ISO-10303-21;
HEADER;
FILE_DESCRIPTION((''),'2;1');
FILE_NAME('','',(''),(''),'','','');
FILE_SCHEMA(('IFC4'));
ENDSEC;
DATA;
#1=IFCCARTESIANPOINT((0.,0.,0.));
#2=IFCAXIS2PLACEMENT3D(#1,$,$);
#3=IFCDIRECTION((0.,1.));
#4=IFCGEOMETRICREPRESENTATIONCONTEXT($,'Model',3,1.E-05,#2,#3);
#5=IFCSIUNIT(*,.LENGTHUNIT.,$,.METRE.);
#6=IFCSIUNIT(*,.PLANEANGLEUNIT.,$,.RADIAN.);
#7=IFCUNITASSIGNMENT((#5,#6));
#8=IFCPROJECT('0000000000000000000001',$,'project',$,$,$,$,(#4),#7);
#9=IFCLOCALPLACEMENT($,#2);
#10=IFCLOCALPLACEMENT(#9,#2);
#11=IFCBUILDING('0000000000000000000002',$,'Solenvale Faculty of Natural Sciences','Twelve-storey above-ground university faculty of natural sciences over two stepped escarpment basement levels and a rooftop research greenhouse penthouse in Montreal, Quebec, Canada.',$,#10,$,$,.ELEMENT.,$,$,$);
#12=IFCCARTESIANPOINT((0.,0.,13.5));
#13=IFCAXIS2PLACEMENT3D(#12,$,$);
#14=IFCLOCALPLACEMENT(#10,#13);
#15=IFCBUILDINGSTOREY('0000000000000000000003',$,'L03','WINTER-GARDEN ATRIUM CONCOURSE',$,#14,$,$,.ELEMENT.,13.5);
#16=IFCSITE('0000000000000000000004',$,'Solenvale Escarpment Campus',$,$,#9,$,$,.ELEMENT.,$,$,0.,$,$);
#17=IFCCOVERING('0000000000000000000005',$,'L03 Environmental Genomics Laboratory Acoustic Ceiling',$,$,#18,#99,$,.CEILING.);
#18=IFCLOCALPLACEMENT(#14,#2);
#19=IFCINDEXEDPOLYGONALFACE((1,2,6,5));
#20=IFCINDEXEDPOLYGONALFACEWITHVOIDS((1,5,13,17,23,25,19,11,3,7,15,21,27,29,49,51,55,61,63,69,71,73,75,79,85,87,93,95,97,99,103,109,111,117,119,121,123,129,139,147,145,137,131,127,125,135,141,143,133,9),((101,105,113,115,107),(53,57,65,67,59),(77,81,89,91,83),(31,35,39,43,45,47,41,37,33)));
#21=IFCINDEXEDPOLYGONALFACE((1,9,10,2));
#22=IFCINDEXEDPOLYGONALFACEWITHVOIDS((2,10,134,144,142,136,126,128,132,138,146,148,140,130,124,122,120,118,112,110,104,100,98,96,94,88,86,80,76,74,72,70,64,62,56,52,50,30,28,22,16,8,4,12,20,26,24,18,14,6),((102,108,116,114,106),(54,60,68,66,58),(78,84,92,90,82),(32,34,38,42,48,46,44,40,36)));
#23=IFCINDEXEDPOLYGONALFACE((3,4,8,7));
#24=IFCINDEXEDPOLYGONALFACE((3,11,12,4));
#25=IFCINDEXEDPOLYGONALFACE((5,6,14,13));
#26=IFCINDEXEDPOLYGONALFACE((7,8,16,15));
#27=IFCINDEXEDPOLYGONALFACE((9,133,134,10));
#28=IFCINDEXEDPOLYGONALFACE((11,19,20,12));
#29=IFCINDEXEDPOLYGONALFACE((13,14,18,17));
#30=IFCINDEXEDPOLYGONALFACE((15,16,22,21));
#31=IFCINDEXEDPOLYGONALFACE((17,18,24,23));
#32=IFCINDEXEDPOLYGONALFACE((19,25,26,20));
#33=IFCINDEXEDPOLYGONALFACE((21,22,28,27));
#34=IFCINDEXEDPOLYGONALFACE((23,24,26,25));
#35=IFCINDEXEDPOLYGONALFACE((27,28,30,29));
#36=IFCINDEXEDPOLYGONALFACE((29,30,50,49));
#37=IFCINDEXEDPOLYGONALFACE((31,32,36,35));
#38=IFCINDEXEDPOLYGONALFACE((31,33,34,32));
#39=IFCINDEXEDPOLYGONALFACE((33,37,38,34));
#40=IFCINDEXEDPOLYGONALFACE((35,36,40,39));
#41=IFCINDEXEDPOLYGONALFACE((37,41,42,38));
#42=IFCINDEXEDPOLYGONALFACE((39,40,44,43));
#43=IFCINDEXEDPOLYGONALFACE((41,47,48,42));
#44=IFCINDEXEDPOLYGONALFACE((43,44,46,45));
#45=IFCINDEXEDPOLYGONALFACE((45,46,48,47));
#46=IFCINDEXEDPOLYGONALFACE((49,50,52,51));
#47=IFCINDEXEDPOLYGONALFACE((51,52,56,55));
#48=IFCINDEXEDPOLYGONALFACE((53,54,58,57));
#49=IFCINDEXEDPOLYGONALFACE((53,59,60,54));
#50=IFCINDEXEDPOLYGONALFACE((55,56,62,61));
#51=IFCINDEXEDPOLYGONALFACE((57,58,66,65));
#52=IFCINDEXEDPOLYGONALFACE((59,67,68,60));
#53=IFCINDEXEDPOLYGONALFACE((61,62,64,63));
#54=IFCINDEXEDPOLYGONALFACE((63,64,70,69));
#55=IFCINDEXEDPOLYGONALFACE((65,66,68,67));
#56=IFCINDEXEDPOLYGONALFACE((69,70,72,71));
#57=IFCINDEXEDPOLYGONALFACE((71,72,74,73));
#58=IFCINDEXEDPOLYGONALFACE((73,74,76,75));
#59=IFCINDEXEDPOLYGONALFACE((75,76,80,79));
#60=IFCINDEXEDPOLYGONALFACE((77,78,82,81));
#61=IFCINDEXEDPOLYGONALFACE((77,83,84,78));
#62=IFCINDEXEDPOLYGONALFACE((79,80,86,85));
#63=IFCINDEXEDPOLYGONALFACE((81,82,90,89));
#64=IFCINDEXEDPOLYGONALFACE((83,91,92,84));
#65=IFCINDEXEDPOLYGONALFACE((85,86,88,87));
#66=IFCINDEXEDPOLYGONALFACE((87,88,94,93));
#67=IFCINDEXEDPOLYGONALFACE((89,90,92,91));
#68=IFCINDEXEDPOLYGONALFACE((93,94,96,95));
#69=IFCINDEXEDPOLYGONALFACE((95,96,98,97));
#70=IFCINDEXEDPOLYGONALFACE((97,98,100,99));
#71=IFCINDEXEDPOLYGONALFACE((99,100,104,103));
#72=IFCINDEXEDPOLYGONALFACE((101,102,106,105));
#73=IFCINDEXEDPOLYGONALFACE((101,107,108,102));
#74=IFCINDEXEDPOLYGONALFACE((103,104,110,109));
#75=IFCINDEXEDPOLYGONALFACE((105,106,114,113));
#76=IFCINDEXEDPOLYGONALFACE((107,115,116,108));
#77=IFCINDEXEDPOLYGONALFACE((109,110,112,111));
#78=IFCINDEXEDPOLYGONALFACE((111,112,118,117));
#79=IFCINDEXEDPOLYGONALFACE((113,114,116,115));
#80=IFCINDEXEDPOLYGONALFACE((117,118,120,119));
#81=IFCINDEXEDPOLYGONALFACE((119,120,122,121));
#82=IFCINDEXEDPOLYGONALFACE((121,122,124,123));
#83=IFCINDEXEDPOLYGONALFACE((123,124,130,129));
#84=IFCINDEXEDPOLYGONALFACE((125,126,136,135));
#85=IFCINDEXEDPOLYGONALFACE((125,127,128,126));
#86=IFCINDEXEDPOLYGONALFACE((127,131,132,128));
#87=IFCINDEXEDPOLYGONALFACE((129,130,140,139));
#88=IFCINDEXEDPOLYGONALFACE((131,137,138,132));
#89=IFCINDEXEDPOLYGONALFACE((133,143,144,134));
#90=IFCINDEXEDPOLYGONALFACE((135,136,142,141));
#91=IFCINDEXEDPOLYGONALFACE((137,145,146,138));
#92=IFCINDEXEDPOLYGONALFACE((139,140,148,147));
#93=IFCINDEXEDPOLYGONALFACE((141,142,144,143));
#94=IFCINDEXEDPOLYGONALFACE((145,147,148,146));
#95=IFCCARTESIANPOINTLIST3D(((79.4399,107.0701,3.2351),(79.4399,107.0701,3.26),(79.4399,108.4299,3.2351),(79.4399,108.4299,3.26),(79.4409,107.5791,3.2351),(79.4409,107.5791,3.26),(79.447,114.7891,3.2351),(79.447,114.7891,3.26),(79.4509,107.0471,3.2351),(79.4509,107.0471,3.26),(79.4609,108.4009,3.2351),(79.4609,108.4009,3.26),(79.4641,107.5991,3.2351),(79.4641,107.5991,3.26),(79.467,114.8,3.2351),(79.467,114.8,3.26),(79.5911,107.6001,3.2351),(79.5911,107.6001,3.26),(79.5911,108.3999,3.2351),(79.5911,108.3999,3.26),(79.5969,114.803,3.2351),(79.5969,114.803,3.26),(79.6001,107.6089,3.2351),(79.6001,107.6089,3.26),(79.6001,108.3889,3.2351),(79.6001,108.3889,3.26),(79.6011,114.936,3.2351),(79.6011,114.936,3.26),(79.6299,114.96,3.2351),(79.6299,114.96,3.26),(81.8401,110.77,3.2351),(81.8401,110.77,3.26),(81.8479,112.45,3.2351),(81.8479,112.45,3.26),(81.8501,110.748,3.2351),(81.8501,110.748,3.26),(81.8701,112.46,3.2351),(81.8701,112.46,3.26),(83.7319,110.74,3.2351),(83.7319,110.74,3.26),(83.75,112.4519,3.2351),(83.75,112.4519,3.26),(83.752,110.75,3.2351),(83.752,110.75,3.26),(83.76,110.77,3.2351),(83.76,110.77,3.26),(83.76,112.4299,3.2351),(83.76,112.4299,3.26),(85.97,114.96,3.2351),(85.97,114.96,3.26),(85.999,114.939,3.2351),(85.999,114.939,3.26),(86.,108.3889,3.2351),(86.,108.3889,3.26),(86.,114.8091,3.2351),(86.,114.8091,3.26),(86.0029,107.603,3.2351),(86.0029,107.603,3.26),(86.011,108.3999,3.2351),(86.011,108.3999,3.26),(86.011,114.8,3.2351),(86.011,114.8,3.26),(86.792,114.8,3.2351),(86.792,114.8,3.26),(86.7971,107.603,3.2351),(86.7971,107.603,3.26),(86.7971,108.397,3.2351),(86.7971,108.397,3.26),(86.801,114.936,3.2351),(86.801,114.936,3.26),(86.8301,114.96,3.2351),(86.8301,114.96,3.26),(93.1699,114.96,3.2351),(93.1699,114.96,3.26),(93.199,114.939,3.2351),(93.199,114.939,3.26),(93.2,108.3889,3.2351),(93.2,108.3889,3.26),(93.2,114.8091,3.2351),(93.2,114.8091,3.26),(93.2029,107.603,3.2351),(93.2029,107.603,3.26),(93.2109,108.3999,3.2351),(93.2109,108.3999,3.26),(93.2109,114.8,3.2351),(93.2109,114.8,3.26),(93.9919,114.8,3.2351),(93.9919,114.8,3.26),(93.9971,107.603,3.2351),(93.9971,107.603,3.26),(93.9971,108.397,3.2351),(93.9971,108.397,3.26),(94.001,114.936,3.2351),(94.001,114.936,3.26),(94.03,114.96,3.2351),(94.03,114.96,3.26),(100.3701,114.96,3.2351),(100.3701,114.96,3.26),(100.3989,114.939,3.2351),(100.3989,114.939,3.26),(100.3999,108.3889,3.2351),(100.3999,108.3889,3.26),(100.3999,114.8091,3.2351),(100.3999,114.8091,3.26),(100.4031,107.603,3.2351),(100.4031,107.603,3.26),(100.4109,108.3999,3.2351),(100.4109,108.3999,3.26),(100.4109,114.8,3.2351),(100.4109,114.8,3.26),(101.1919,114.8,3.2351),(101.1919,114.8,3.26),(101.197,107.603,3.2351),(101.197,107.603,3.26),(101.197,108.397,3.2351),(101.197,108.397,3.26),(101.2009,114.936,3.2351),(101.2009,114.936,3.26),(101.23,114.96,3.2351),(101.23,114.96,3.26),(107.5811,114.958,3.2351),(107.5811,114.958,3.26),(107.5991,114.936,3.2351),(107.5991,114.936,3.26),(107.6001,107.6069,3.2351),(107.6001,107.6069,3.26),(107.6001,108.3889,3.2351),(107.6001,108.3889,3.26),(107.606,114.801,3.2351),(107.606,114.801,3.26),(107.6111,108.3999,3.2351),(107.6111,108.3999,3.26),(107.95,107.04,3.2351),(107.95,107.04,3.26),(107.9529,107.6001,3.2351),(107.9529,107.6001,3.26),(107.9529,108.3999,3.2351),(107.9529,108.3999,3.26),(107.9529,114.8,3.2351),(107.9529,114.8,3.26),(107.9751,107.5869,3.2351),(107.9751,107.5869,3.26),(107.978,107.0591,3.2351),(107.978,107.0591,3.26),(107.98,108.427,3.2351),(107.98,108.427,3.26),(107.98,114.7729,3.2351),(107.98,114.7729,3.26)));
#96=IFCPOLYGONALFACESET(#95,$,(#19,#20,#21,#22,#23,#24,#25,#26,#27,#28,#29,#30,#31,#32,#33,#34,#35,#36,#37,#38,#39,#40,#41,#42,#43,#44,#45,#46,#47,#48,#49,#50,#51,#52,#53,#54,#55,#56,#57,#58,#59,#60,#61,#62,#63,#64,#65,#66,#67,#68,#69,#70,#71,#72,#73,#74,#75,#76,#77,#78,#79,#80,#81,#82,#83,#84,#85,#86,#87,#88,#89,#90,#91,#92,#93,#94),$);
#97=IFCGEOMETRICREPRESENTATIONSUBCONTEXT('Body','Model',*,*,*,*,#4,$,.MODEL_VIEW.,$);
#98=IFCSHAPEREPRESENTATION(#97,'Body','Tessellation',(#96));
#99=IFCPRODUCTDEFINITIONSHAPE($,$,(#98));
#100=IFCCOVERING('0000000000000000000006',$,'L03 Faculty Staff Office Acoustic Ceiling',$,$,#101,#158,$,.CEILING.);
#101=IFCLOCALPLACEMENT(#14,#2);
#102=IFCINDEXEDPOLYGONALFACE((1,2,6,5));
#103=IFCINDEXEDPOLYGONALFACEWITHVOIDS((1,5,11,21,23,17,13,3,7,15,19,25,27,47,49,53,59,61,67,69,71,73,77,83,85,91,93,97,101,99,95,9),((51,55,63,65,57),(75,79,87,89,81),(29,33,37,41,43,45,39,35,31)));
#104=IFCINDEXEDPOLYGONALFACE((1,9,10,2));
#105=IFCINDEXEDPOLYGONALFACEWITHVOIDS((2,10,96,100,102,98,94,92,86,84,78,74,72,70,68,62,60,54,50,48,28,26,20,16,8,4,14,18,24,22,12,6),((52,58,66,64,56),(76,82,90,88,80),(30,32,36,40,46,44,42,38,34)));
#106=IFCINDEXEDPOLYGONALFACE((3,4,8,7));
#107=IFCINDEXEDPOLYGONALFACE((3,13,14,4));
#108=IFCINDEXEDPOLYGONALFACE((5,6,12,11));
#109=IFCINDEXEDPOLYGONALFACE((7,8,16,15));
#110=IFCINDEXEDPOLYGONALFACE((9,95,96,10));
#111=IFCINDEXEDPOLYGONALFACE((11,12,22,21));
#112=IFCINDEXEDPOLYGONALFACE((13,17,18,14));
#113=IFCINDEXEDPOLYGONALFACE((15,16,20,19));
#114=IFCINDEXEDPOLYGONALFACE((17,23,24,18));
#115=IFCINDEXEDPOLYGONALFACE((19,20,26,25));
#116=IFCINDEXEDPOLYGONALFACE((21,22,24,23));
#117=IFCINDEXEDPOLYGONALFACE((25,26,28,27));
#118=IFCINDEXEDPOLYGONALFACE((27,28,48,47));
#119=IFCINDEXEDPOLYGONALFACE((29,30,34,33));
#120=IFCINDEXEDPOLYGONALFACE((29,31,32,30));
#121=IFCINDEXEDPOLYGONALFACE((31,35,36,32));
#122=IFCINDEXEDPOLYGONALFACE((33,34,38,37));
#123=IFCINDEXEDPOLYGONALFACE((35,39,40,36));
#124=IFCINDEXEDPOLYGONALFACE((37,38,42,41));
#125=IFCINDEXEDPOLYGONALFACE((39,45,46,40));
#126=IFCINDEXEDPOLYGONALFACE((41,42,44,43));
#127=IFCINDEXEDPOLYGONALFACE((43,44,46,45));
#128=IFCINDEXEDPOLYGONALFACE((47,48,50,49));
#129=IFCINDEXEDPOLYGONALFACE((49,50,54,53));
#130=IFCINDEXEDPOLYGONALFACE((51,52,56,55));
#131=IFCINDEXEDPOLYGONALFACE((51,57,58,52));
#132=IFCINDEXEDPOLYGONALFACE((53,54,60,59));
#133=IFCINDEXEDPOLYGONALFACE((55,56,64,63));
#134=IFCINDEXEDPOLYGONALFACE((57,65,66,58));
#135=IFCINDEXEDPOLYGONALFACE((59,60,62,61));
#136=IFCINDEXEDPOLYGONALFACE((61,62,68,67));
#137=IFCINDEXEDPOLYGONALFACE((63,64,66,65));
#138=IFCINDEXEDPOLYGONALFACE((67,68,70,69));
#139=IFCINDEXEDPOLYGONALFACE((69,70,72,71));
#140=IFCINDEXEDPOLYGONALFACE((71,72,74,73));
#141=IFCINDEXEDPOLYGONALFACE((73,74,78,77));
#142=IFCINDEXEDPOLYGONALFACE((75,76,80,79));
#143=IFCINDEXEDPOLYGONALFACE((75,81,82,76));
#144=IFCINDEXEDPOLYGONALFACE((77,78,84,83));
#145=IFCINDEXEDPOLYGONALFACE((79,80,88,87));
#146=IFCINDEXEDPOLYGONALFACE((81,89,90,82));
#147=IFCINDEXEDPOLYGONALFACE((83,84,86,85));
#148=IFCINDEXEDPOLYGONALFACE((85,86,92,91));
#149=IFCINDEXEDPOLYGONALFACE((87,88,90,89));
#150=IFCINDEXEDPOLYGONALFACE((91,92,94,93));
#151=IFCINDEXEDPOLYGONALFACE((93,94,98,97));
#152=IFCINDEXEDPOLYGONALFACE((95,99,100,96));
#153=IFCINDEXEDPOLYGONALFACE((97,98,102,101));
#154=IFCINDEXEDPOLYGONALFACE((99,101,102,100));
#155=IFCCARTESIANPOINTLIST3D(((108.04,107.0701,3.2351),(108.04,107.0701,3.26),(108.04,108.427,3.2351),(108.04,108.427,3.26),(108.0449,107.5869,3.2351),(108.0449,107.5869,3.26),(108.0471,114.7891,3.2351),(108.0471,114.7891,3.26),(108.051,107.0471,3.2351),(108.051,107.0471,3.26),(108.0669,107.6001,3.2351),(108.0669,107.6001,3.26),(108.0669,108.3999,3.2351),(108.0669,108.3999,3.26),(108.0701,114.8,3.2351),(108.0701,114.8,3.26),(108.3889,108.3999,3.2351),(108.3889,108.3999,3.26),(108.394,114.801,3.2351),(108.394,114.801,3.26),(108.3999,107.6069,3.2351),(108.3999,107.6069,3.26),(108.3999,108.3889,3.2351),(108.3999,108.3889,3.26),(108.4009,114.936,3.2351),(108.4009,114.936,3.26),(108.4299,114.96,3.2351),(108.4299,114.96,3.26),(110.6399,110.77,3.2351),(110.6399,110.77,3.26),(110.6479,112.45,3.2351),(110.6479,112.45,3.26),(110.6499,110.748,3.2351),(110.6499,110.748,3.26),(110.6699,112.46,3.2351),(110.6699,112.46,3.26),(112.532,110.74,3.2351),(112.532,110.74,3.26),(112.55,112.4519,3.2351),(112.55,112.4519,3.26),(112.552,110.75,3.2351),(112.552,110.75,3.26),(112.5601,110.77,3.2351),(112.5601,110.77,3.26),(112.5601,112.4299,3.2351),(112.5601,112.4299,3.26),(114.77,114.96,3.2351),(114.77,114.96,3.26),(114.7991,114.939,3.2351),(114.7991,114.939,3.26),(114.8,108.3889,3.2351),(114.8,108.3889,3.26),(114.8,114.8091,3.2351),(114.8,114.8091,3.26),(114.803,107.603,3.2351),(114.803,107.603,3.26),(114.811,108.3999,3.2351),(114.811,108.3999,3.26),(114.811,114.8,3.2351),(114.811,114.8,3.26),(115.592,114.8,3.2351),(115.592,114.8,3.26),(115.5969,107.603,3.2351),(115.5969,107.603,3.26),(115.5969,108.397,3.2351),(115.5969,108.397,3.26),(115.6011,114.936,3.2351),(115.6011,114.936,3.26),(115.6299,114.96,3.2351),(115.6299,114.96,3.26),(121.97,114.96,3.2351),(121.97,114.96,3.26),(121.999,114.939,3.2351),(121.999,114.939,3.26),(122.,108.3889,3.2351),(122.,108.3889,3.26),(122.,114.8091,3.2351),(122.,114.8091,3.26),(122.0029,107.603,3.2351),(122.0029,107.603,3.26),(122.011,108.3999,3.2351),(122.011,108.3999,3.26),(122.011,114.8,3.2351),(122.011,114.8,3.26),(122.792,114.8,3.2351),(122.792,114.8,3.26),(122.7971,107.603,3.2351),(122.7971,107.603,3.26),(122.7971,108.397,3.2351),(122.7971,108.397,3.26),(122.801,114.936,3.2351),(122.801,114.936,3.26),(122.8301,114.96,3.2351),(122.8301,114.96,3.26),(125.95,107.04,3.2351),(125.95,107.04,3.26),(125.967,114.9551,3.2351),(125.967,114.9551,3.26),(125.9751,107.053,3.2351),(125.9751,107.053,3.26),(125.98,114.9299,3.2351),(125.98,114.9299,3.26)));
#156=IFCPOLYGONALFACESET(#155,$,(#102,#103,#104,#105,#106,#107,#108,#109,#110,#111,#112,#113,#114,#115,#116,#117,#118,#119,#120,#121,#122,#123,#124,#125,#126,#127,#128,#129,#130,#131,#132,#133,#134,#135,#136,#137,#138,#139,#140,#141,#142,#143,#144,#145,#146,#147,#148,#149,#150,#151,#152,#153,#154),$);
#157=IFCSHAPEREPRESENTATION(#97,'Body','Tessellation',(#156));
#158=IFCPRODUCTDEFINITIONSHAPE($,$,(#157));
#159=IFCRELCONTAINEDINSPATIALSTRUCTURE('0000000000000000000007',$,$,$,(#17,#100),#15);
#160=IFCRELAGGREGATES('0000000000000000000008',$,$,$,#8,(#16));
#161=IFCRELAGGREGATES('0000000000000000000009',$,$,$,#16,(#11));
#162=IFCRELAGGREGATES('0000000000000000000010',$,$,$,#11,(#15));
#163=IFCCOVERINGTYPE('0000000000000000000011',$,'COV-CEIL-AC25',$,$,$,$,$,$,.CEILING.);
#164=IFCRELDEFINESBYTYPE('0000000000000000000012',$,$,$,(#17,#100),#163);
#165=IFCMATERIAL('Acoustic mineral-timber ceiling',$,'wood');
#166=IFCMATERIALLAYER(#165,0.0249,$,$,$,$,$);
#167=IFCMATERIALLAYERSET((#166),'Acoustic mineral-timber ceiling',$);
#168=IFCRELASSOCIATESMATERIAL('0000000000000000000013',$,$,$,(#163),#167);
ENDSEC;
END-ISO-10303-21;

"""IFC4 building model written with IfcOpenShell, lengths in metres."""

from ifc_helpers import new_model, si_unit, direction, frame, origin, place, context, subcontext, project, spatial, polyline, outline, extrude, material, layer, layer_set, type_object, element, save


model = new_model("IFC4")

# Units and contexts
model_context = context("Model", 3, precision=1e-05, world=origin(), true_north=direction((0.0, 1.0)))
body_context = subcontext(model_context, "Body", "Model", "MODEL_VIEW")
ifc_project = project(units=[si_unit("LENGTHUNIT", "METRE"), si_unit("PLANEANGLEUNIT", "RADIAN")], contexts=[model_context])

# Site, building, storey
site_placement = place(None, origin())
site = spatial("IfcSite", under=ifc_project, at=site_placement, Name="Solenvale Escarpment Campus", CompositionType="ELEMENT", RefElevation=0.0)
building_placement = place(site_placement, origin())
building = spatial("IfcBuilding", under=site, at=building_placement, Name="Solenvale Faculty of Natural Sciences", Description="Twelve-storey above-ground university faculty of natural sciences over two stepped escarpment basement levels and a rooftop research greenhouse penthouse in Montreal, Quebec, Canada.", CompositionType="ELEMENT")
storey_placement = place(building_placement, frame((0.0, 0.0, 13.5)))
storey = spatial("IfcBuildingStorey", under=building, at=storey_placement, Name="L03", Description="WINTER-GARDEN ATRIUM CONCOURSE", CompositionType="ELEMENT", Elevation=13.5)

# Coverings
ifc_material_1 = material(Name="Acoustic mineral-timber ceiling", Category="wood")
ifc_layer_1 = layer(ifc_material_1, 0.0249)
ifc_layer_set_1 = layer_set([ifc_layer_1], Name="Acoustic mineral-timber ceiling")
covering_type_1 = type_object("IfcCoveringType", Name="COV-CEIL-AC25", PredefinedType="CEILING", material=ifc_layer_set_1)
covering_1_placement = place(storey_placement, frame((0.0, 0.0, 3.2351)))
element("IfcCovering", 1, at=covering_1_placement, inside=storey, type_object=covering_type_1, Name="L03 Environmental Genomics Laboratory Acoustic Ceiling", PredefinedType="CEILING", context=body_context, shape_type="SweptSolid", body=[
    extrude(outline(polyline([(85.97, 114.96), (85.999, 114.939), (86.0, 114.8091), (86.011, 114.8), (86.792, 114.8), (86.801, 114.936), (86.8301, 114.96), (93.1699, 114.96), (93.199, 114.939), (93.2, 114.8091), (93.2109, 114.8), (93.9919, 114.8), (94.001, 114.936), (94.03, 114.96), (100.3701, 114.96), (100.3989, 114.939), (100.3999, 114.8091), (100.4109, 114.8), (101.1919, 114.8), (101.2009, 114.936), (101.23, 114.96), (107.5811, 114.958), (107.5991, 114.936), (107.606, 114.801), (107.9529, 114.8), (107.98, 114.7729), (107.98, 108.427), (107.9529, 108.3999), (107.6111, 108.3999), (107.6001, 108.3889), (107.6001, 107.6069), (107.9529, 107.6001), (107.9751, 107.5869), (107.978, 107.0591), (107.95, 107.04), (79.4509, 107.0471), (79.4399, 107.0701), (79.4409, 107.5791), (79.4641, 107.5991), (79.5911, 107.6001), (79.6001, 107.6089), (79.6001, 108.3889), (79.5911, 108.3999), (79.4609, 108.4009), (79.4399, 108.4299), (79.447, 114.7891), (79.467, 114.8), (79.5969, 114.803), (79.6011, 114.936), (79.6299, 114.96), (85.97, 114.96)]), holes=[polyline([(100.4109, 108.3999), (100.3999, 108.3889), (100.4031, 107.603), (101.197, 107.603), (101.197, 108.397), (100.4109, 108.3999)]), polyline([(93.2109, 108.3999), (93.2, 108.3889), (93.2029, 107.603), (93.9971, 107.603), (93.9971, 108.397), (93.2109, 108.3999)]), polyline([(86.011, 108.3999), (86.0, 108.3889), (86.0029, 107.603), (86.7971, 107.603), (86.7971, 108.397), (86.011, 108.3999)]), polyline([(83.7319, 110.74), (83.752, 110.75), (83.76, 110.77), (83.76, 112.4299), (83.75, 112.4519), (81.8701, 112.46), (81.8479, 112.45), (81.8401, 110.77), (81.8501, 110.748), (83.7319, 110.74)])]), origin(), (0.0, 0.0, 1.0), 0.0249),
])
covering_2_placement = place(storey_placement, frame((0.0, 0.0, 3.2351)))
element("IfcCovering", 2, at=covering_2_placement, inside=storey, type_object=covering_type_1, Name="L03 Faculty Staff Office Acoustic Ceiling", PredefinedType="CEILING", context=body_context, shape_type="SweptSolid", body=[
    extrude(outline(polyline([(114.77, 114.96), (114.7991, 114.939), (114.8, 114.8091), (114.811, 114.8), (115.592, 114.8), (115.6011, 114.936), (115.6299, 114.96), (121.97, 114.96), (121.999, 114.939), (122.0, 114.8091), (122.011, 114.8), (122.792, 114.8), (122.801, 114.936), (122.8301, 114.96), (125.967, 114.9551), (125.98, 114.9299), (125.9751, 107.053), (125.95, 107.04), (108.051, 107.0471), (108.04, 107.0701), (108.0449, 107.5869), (108.0669, 107.6001), (108.3999, 107.6069), (108.3999, 108.3889), (108.3889, 108.3999), (108.0669, 108.3999), (108.04, 108.427), (108.0471, 114.7891), (108.0701, 114.8), (108.394, 114.801), (108.4009, 114.936), (108.4299, 114.96), (114.77, 114.96)]), holes=[polyline([(122.011, 108.3999), (122.0, 108.3889), (122.0029, 107.603), (122.7971, 107.603), (122.7971, 108.397), (122.011, 108.3999)]), polyline([(114.811, 108.3999), (114.8, 108.3889), (114.803, 107.603), (115.5969, 107.603), (115.5969, 108.397), (114.811, 108.3999)]), polyline([(112.532, 110.74), (112.552, 110.75), (112.5601, 110.77), (112.5601, 112.4299), (112.55, 112.4519), (110.6699, 112.46), (110.6479, 112.45), (110.6399, 110.77), (110.6499, 110.748), (112.532, 110.74)])]), origin(), (0.0, 0.0, 1.0), 0.0249),
])

save(model, "model.ifc")
